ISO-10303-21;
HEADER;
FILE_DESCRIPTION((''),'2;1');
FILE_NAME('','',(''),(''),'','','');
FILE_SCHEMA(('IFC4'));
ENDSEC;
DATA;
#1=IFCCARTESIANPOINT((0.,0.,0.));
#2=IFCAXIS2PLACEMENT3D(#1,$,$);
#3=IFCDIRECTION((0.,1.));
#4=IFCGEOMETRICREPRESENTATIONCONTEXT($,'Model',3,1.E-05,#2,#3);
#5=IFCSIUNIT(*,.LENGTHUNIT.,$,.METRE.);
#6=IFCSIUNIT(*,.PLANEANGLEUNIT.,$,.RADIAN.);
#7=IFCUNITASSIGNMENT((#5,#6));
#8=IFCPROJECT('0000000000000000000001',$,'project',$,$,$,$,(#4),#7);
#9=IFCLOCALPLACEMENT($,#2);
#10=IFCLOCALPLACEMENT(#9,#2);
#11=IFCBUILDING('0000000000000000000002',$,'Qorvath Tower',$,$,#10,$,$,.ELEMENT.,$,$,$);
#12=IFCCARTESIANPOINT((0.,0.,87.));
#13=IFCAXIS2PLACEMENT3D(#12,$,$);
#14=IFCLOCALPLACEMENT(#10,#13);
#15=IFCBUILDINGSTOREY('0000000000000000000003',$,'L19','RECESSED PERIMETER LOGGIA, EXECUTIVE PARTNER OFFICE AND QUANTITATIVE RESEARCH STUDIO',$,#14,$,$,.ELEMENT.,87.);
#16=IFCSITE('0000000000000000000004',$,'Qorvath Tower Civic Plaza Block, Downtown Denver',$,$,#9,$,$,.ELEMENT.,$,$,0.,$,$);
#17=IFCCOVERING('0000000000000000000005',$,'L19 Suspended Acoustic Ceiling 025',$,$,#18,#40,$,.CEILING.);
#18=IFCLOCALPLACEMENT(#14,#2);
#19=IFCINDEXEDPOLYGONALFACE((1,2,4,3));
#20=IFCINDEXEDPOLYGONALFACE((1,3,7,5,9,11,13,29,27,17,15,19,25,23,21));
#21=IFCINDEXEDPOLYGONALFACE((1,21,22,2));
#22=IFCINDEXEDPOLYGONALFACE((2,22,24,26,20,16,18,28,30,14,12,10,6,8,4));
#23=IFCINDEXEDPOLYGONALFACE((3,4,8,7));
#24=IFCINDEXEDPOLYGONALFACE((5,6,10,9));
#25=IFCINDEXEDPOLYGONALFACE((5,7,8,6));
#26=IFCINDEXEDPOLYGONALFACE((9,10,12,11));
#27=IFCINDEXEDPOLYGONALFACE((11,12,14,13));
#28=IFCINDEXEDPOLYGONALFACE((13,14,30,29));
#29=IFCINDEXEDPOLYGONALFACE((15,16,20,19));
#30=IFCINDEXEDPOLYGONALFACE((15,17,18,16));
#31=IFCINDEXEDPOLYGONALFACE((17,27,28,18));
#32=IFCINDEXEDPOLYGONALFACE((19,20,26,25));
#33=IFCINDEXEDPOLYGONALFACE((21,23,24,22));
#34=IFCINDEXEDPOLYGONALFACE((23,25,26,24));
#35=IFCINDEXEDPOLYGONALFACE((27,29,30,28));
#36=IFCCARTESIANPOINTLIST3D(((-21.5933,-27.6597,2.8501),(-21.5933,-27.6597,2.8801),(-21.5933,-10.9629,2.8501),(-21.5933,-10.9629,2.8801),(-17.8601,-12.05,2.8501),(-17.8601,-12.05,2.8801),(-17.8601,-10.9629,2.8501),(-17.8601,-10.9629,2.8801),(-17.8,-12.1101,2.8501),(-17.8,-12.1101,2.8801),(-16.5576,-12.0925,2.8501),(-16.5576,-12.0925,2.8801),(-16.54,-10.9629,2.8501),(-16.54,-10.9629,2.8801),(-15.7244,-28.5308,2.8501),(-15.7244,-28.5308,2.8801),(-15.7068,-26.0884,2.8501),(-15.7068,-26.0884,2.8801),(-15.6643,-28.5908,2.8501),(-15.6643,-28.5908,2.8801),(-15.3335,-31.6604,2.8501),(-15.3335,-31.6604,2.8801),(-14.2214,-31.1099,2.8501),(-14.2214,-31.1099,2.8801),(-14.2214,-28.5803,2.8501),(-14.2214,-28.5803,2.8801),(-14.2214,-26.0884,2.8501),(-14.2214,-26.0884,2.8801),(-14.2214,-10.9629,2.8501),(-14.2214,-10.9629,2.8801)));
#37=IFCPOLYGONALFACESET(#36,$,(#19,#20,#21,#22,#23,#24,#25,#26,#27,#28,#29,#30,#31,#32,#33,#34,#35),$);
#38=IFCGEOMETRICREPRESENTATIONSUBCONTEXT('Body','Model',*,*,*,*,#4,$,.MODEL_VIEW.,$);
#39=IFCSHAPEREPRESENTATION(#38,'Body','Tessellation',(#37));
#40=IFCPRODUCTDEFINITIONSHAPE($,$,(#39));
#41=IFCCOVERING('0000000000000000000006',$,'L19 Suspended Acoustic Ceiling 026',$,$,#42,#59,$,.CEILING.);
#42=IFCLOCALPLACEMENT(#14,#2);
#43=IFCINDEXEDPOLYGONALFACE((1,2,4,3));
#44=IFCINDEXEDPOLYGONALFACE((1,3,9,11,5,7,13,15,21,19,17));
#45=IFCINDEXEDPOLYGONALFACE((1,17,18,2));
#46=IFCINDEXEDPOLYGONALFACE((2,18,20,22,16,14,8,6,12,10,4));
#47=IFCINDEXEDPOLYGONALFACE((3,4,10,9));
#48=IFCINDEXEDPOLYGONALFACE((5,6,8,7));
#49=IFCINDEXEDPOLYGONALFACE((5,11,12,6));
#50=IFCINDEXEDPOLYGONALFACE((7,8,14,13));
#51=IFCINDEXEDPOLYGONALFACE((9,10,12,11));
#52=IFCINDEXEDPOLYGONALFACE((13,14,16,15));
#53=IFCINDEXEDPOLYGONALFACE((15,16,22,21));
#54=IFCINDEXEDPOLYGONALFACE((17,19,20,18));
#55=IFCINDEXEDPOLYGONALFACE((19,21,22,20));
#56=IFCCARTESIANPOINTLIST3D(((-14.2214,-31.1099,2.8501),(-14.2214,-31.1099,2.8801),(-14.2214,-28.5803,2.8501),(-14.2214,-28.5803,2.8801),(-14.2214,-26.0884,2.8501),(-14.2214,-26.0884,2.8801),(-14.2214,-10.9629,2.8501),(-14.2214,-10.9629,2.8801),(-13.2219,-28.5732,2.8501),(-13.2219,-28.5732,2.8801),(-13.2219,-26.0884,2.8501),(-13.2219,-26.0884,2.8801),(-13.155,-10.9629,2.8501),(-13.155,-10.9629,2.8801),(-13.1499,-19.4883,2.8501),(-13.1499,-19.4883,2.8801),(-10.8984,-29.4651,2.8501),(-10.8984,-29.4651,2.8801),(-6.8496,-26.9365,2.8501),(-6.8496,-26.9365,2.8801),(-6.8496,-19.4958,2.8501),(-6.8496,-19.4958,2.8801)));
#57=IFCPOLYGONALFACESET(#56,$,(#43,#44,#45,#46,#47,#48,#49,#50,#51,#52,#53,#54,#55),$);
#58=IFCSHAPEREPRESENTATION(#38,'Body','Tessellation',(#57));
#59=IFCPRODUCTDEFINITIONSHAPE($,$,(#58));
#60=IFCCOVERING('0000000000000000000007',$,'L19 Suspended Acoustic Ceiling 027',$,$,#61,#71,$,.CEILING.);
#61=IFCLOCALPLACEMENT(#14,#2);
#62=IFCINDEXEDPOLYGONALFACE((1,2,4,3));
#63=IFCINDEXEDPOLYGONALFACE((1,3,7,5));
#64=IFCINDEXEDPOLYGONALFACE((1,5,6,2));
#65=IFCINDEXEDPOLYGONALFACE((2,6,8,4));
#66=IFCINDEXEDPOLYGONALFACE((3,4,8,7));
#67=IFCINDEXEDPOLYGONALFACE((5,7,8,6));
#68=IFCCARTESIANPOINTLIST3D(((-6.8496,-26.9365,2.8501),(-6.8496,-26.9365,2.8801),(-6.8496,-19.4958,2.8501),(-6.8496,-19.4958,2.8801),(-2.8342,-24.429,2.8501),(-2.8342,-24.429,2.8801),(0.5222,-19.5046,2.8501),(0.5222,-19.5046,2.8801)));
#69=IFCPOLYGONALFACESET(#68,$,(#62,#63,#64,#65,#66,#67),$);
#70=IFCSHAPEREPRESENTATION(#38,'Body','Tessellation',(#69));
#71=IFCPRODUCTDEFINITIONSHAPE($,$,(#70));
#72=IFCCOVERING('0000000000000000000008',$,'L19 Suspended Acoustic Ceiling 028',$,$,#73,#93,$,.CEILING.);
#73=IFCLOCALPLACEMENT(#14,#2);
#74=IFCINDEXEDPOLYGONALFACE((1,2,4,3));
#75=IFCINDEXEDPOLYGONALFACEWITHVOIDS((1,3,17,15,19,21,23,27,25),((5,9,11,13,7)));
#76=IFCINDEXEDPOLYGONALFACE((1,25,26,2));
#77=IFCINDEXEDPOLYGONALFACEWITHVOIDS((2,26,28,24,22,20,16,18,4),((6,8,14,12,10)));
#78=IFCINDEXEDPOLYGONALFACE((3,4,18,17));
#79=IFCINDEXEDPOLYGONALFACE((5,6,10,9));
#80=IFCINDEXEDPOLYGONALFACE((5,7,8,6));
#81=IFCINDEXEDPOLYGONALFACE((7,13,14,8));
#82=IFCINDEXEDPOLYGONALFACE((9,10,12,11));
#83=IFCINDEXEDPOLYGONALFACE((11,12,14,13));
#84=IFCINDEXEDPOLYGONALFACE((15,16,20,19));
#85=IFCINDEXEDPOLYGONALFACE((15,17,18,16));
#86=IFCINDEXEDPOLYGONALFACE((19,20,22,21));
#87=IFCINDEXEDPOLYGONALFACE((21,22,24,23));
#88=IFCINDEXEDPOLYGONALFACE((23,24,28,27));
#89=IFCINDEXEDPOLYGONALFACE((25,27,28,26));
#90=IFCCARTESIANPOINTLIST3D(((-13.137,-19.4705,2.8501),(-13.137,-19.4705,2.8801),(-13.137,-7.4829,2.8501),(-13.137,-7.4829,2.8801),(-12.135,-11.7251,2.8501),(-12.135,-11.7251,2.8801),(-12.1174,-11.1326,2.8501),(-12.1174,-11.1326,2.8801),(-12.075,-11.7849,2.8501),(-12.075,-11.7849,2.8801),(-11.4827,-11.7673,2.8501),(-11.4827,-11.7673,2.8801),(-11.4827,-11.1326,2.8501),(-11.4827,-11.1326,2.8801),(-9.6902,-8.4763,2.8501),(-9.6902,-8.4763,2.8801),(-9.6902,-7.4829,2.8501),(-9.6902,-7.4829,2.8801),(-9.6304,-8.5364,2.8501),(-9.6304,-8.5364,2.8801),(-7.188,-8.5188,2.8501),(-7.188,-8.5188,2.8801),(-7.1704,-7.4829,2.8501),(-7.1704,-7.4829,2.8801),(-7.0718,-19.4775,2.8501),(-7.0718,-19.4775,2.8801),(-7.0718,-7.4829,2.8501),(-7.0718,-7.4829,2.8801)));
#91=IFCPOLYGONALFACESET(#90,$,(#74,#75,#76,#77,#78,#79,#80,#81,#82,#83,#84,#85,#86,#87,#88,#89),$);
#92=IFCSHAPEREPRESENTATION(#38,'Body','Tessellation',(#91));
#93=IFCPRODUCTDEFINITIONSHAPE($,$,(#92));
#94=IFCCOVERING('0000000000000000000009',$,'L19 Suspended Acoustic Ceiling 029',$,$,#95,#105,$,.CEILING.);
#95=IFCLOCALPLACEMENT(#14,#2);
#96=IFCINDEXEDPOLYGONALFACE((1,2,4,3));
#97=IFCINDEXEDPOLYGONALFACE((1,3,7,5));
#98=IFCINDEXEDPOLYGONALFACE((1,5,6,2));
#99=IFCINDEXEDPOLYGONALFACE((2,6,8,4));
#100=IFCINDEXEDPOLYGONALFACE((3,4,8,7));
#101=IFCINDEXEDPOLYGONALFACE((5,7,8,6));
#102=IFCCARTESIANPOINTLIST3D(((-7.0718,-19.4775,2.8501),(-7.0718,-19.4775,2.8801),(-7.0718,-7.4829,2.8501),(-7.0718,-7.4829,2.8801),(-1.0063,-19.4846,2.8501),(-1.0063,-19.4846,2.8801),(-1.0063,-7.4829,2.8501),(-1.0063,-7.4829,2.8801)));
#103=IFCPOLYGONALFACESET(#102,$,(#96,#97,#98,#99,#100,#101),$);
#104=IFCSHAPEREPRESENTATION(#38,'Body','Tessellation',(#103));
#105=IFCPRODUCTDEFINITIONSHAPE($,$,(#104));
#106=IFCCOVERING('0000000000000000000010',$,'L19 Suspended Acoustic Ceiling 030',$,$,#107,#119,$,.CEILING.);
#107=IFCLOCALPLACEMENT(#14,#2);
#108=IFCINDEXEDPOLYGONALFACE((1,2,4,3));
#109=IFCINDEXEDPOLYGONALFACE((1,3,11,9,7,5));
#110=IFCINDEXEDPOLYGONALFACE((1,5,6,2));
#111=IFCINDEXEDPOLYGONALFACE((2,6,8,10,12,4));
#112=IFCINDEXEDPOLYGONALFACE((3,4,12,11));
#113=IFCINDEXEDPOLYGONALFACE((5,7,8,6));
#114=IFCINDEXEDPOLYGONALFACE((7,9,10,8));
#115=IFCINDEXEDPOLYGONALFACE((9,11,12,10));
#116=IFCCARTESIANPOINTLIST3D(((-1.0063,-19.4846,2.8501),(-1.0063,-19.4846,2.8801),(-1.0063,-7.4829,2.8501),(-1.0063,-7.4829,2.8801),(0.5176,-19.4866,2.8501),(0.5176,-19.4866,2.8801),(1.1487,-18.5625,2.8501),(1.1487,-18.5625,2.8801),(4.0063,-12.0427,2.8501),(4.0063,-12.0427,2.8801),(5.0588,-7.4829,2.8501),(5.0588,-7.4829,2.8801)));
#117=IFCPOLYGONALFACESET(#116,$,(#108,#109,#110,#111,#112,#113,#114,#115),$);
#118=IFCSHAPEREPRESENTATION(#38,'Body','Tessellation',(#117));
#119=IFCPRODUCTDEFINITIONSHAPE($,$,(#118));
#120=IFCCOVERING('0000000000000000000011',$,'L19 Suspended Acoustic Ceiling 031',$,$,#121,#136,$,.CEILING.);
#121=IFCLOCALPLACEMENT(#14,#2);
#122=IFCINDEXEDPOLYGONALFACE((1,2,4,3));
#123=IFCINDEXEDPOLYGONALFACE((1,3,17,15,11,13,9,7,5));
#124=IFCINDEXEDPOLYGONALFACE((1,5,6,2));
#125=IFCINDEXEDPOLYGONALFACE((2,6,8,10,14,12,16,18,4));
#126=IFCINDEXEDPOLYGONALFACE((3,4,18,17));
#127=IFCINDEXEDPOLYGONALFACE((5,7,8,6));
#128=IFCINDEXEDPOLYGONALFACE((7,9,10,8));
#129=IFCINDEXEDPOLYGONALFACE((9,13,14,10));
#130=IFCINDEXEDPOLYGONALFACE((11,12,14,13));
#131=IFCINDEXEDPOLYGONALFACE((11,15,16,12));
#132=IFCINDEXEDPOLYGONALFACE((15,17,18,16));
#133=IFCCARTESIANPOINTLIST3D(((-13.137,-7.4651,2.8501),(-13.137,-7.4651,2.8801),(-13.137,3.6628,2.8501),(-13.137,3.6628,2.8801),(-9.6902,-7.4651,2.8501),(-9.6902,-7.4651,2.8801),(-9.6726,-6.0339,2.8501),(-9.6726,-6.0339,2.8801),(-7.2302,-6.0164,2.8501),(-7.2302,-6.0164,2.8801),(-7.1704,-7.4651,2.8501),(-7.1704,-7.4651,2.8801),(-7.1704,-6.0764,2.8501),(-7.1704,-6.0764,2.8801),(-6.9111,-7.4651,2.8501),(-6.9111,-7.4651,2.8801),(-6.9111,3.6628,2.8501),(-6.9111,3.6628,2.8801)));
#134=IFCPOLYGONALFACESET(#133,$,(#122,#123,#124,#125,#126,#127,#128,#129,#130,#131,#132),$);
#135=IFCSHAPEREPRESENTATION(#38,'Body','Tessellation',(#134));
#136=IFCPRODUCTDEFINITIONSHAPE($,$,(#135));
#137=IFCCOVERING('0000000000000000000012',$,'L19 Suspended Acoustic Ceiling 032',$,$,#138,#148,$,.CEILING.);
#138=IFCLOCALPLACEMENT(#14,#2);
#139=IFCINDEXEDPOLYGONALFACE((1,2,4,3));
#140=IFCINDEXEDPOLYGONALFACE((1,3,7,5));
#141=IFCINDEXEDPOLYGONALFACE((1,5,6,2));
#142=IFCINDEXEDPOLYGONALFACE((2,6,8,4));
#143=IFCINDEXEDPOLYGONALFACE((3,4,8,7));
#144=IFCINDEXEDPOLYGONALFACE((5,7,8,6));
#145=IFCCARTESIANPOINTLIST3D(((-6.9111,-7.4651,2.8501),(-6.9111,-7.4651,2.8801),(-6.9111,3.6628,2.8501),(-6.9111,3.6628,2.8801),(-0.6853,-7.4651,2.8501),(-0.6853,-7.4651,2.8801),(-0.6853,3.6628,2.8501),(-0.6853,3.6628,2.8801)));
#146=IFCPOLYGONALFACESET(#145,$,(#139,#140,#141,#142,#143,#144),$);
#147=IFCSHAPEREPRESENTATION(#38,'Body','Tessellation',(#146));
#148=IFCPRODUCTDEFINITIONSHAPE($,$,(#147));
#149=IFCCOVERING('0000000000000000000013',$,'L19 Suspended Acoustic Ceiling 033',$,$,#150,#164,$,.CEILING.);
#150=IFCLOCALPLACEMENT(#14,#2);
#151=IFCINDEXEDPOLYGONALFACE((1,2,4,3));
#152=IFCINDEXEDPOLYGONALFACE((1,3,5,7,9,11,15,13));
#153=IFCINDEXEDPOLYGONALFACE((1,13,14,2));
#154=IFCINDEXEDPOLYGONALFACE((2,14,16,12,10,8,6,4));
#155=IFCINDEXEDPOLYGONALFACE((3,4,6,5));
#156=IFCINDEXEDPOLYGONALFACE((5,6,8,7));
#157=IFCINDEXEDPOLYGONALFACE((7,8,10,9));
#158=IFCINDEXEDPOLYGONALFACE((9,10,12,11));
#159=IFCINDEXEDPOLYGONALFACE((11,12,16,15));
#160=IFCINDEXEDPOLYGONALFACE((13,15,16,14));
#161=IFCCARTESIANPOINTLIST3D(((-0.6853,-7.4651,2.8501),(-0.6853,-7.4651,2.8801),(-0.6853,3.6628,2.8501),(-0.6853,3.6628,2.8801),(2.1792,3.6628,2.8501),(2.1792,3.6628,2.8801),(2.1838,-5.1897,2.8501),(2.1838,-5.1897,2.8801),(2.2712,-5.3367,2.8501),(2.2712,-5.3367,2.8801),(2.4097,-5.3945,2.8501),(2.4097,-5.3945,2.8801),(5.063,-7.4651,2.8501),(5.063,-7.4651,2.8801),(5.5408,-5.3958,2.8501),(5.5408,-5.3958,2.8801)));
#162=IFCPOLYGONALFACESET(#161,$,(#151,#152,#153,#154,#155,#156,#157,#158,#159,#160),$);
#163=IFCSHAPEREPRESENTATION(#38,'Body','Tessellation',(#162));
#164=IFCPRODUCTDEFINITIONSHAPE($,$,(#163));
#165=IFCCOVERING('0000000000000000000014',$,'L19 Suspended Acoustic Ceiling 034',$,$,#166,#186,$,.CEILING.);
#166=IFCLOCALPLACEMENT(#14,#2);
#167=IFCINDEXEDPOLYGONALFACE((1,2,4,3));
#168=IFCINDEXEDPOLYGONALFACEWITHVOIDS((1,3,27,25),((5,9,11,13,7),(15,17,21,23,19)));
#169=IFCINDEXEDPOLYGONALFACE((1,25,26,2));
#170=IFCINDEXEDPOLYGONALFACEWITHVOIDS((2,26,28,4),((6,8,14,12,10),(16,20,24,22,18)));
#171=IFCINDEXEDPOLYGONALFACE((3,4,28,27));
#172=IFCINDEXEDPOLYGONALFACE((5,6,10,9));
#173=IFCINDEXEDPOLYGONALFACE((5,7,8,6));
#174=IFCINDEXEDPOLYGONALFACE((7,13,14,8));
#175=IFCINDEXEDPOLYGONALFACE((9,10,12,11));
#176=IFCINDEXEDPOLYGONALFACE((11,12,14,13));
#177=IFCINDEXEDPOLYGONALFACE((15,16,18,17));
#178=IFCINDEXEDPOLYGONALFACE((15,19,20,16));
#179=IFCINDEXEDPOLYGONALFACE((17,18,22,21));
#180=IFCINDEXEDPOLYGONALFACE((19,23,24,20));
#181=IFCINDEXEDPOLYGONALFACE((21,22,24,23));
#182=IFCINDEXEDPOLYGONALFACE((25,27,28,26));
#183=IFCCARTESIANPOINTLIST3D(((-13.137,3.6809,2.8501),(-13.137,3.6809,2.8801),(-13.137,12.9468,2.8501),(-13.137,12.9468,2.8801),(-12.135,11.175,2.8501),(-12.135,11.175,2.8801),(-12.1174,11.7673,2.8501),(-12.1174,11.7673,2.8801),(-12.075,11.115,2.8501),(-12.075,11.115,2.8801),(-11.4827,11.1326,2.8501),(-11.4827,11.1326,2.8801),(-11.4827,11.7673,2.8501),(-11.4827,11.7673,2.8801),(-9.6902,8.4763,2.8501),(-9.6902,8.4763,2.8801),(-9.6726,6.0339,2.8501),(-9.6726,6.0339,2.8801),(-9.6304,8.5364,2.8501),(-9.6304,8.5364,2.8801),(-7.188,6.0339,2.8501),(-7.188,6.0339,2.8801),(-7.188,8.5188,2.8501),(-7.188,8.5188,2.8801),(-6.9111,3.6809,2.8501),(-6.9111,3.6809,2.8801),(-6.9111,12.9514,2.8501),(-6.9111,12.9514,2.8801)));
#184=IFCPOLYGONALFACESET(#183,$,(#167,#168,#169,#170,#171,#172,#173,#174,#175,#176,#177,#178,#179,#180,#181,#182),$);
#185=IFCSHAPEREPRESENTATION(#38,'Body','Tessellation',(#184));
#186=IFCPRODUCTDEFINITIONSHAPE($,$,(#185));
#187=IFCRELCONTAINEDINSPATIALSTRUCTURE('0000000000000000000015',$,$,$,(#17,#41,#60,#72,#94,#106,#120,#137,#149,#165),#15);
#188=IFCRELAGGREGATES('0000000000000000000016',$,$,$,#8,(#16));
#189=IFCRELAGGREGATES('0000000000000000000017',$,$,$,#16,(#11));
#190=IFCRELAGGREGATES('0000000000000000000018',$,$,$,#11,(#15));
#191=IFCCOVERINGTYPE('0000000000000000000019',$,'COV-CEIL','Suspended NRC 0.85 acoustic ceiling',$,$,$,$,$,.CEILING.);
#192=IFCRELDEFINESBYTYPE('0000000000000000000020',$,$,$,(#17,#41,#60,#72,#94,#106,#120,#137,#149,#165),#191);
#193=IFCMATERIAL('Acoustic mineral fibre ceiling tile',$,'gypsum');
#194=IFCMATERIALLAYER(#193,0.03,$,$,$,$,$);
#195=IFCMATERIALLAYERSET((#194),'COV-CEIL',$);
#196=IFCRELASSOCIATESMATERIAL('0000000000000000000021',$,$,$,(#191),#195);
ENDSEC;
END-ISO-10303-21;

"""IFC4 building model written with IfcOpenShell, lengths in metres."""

from ifc_helpers import new_model, si_unit, direction, frame, origin, place, context, subcontext, project, spatial, polyline, outline, extrude, material, layer, layer_set, type_object, element, save


model = new_model("IFC4")

# Units and contexts
model_context = context("Model", 3, precision=1e-05, world=origin(), true_north=direction((0.0, 1.0)))
body_context = subcontext(model_context, "Body", "Model", "MODEL_VIEW")
ifc_project = project(units=[si_unit("LENGTHUNIT", "METRE"), si_unit("PLANEANGLEUNIT", "RADIAN")], contexts=[model_context])

# Site, building, storey
site_placement = place(None, origin())
site = spatial("IfcSite", under=ifc_project, at=site_placement, Name="Qorvath Tower Civic Plaza Block, Downtown Denver", CompositionType="ELEMENT", RefElevation=0.0)
building_placement = place(site_placement, origin())
building = spatial("IfcBuilding", under=site, at=building_placement, Name="Qorvath Tower", CompositionType="ELEMENT")
storey_placement = place(building_placement, frame((0.0, 0.0, 87.0)))
storey = spatial("IfcBuildingStorey", under=building, at=storey_placement, Name="L19", Description="RECESSED PERIMETER LOGGIA, EXECUTIVE PARTNER OFFICE AND QUANTITATIVE RESEARCH STUDIO", CompositionType="ELEMENT", Elevation=87.0)

# Coverings
ifc_material_1 = material(Name="Acoustic mineral fibre ceiling tile", Category="gypsum")
ifc_layer_1 = layer(ifc_material_1, 0.03)
ifc_layer_set_1 = layer_set([ifc_layer_1], Name="COV-CEIL")
covering_type_1 = type_object("IfcCoveringType", Name="COV-CEIL", Description="Suspended NRC 0.85 acoustic ceiling", PredefinedType="CEILING", material=ifc_layer_set_1)
covering_1_placement = place(storey_placement, frame((0.0, 0.0, 2.8501)))
element("IfcCovering", 1, at=covering_1_placement, inside=storey, type_object=covering_type_1, Name="L19 Suspended Acoustic Ceiling 025", PredefinedType="CEILING", context=body_context, shape_type="SweptSolid", body=[
    extrude(outline(polyline([(-21.5933, -27.6597), (-15.3335, -31.6604), (-14.2214, -31.1099), (-14.2214, -28.5803), (-15.6643, -28.5908), (-15.7244, -28.5308), (-15.7068, -26.0884), (-14.2214, -26.0884), (-14.2214, -10.9629), (-16.54, -10.9629), (-16.5576, -12.0925), (-17.8, -12.1101), (-17.8601, -12.05), (-17.8601, -10.9629), (-21.5933, -10.9629), (-21.5933, -27.6597)])), origin(), (0.0, 0.0, 1.0), 0.03),
])
covering_2_placement = place(storey_placement, frame((0.0, 0.0, 2.8501)))
element("IfcCovering", 2, at=covering_2_placement, inside=storey, type_object=covering_type_1, Name="L19 Suspended Acoustic Ceiling 026", PredefinedType="CEILING", context=body_context, shape_type="SweptSolid", body=[
    extrude(outline(polyline([(-14.2214, -10.9629), (-14.2214, -26.0884), (-13.2219, -26.0884), (-13.2219, -28.5732), (-14.2214, -28.5803), (-14.2214, -31.1099), (-10.8984, -29.4651), (-6.8496, -26.9365), (-6.8496, -19.4958), (-13.1499, -19.4883), (-13.155, -10.9629), (-14.2214, -10.9629)])), origin(), (0.0, 0.0, 1.0), 0.03),
])
covering_3_placement = place(storey_placement, frame((0.0, 0.0, 2.8501)))
element("IfcCovering", 3, at=covering_3_placement, inside=storey, type_object=covering_type_1, Name="L19 Suspended Acoustic Ceiling 027", PredefinedType="CEILING", context=body_context, shape_type="SweptSolid", body=[
    extrude(outline(polyline([(-6.8496, -19.4958), (-6.8496, -26.9365), (-2.8342, -24.429), (0.5222, -19.5046), (-6.8496, -19.4958)])), origin(), (0.0, 0.0, 1.0), 0.03),
])
covering_4_placement = place(storey_placement, frame((0.0, 0.0, 2.8501)))
element("IfcCovering", 4, at=covering_4_placement, inside=storey, type_object=covering_type_1, Name="L19 Suspended Acoustic Ceiling 028", PredefinedType="CEILING", context=body_context, shape_type="SweptSolid", body=[
    extrude(outline(polyline([(-13.137, -19.4705), (-7.0718, -19.4775), (-7.0718, -7.4829), (-7.1704, -7.4829), (-7.188, -8.5188), (-9.6304, -8.5364), (-9.6902, -8.4763), (-9.6902, -7.4829), (-13.137, -7.4829), (-13.137, -19.4705)]), holes=[polyline([(-12.135, -11.7251), (-12.1174, -11.1326), (-11.4827, -11.1326), (-11.4827, -11.7673), (-12.075, -11.7849), (-12.135, -11.7251)])]), origin(), (0.0, 0.0, 1.0), 0.03),
])
covering_5_placement = place(storey_placement, frame((0.0, 0.0, 2.8501)))
element("IfcCovering", 5, at=covering_5_placement, inside=storey, type_object=covering_type_1, Name="L19 Suspended Acoustic Ceiling 029", PredefinedType="CEILING", context=body_context, shape_type="SweptSolid", body=[
    extrude(outline(polyline([(-7.0718, -7.4829), (-7.0718, -19.4775), (-1.0063, -19.4846), (-1.0063, -7.4829), (-7.0718, -7.4829)])), origin(), (0.0, 0.0, 1.0), 0.03),
])
covering_6_placement = place(storey_placement, frame((0.0, 0.0, 2.8501)))
element("IfcCovering", 6, at=covering_6_placement, inside=storey, type_object=covering_type_1, Name="L19 Suspended Acoustic Ceiling 030", PredefinedType="CEILING", context=body_context, shape_type="SweptSolid", body=[
    extrude(outline(polyline([(-1.0063, -7.4829), (-1.0063, -19.4846), (0.5176, -19.4866), (1.1487, -18.5625), (4.0063, -12.0427), (5.0588, -7.4829), (-1.0063, -7.4829)])), origin(), (0.0, 0.0, 1.0), 0.03),
])
covering_7_placement = place(storey_placement, frame((0.0, 0.0, 2.8501)))
element("IfcCovering", 7, at=covering_7_placement, inside=storey, type_object=covering_type_1, Name="L19 Suspended Acoustic Ceiling 031", PredefinedType="CEILING", context=body_context, shape_type="SweptSolid", body=[
    extrude(outline(polyline([(-6.9111, -7.4651), (-6.9111, 3.6628), (-13.137, 3.6628), (-13.137, -7.4651), (-9.6902, -7.4651), (-9.6726, -6.0339), (-7.2302, -6.0164), (-7.1704, -6.0764), (-7.1704, -7.4651), (-6.9111, -7.4651)])), origin(), (0.0, 0.0, 1.0), 0.03),
])
covering_8_placement = place(storey_placement, frame((0.0, 0.0, 2.8501)))
element("IfcCovering", 8, at=covering_8_placement, inside=storey, type_object=covering_type_1, Name="L19 Suspended Acoustic Ceiling 032", PredefinedType="CEILING", context=body_context, shape_type="SweptSolid", body=[
    extrude(outline(polyline([(-0.6853, -7.4651), (-0.6853, 3.6628), (-6.9111, 3.6628), (-6.9111, -7.4651), (-0.6853, -7.4651)])), origin(), (0.0, 0.0, 1.0), 0.03),
])
covering_9_placement = place(storey_placement, frame((0.0, 0.0, 2.8501)))
element("IfcCovering", 9, at=covering_9_placement, inside=storey, type_object=covering_type_1, Name="L19 Suspended Acoustic Ceiling 033", PredefinedType="CEILING", context=body_context, shape_type="SweptSolid", body=[
    extrude(outline(polyline([(2.2712, -5.3367), (2.1838, -5.1897), (2.1792, 3.6628), (-0.6853, 3.6628), (-0.6853, -7.4651), (5.063, -7.4651), (5.5408, -5.3958), (2.4097, -5.3945), (2.2712, -5.3367)])), origin(), (0.0, 0.0, 1.0), 0.03),
])
covering_10_placement = place(storey_placement, frame((0.0, 0.0, 2.8501)))
element("IfcCovering", 10, at=covering_10_placement, inside=storey, type_object=covering_type_1, Name="L19 Suspended Acoustic Ceiling 034", PredefinedType="CEILING", context=body_context, shape_type="SweptSolid", body=[
    extrude(outline(polyline([(-6.9111, 3.6809), (-6.9111, 12.9514), (-13.137, 12.9468), (-13.137, 3.6809), (-6.9111, 3.6809)]), holes=[polyline([(-9.6902, 8.4763), (-9.6304, 8.5364), (-7.188, 8.5188), (-7.188, 6.0339), (-9.6726, 6.0339), (-9.6902, 8.4763)]), polyline([(-12.135, 11.175), (-12.1174, 11.7673), (-11.4827, 11.7673), (-11.4827, 11.1326), (-12.075, 11.115), (-12.135, 11.175)])]), origin(), (0.0, 0.0, 1.0), 0.03),
])

save(model, "model.ifc")
